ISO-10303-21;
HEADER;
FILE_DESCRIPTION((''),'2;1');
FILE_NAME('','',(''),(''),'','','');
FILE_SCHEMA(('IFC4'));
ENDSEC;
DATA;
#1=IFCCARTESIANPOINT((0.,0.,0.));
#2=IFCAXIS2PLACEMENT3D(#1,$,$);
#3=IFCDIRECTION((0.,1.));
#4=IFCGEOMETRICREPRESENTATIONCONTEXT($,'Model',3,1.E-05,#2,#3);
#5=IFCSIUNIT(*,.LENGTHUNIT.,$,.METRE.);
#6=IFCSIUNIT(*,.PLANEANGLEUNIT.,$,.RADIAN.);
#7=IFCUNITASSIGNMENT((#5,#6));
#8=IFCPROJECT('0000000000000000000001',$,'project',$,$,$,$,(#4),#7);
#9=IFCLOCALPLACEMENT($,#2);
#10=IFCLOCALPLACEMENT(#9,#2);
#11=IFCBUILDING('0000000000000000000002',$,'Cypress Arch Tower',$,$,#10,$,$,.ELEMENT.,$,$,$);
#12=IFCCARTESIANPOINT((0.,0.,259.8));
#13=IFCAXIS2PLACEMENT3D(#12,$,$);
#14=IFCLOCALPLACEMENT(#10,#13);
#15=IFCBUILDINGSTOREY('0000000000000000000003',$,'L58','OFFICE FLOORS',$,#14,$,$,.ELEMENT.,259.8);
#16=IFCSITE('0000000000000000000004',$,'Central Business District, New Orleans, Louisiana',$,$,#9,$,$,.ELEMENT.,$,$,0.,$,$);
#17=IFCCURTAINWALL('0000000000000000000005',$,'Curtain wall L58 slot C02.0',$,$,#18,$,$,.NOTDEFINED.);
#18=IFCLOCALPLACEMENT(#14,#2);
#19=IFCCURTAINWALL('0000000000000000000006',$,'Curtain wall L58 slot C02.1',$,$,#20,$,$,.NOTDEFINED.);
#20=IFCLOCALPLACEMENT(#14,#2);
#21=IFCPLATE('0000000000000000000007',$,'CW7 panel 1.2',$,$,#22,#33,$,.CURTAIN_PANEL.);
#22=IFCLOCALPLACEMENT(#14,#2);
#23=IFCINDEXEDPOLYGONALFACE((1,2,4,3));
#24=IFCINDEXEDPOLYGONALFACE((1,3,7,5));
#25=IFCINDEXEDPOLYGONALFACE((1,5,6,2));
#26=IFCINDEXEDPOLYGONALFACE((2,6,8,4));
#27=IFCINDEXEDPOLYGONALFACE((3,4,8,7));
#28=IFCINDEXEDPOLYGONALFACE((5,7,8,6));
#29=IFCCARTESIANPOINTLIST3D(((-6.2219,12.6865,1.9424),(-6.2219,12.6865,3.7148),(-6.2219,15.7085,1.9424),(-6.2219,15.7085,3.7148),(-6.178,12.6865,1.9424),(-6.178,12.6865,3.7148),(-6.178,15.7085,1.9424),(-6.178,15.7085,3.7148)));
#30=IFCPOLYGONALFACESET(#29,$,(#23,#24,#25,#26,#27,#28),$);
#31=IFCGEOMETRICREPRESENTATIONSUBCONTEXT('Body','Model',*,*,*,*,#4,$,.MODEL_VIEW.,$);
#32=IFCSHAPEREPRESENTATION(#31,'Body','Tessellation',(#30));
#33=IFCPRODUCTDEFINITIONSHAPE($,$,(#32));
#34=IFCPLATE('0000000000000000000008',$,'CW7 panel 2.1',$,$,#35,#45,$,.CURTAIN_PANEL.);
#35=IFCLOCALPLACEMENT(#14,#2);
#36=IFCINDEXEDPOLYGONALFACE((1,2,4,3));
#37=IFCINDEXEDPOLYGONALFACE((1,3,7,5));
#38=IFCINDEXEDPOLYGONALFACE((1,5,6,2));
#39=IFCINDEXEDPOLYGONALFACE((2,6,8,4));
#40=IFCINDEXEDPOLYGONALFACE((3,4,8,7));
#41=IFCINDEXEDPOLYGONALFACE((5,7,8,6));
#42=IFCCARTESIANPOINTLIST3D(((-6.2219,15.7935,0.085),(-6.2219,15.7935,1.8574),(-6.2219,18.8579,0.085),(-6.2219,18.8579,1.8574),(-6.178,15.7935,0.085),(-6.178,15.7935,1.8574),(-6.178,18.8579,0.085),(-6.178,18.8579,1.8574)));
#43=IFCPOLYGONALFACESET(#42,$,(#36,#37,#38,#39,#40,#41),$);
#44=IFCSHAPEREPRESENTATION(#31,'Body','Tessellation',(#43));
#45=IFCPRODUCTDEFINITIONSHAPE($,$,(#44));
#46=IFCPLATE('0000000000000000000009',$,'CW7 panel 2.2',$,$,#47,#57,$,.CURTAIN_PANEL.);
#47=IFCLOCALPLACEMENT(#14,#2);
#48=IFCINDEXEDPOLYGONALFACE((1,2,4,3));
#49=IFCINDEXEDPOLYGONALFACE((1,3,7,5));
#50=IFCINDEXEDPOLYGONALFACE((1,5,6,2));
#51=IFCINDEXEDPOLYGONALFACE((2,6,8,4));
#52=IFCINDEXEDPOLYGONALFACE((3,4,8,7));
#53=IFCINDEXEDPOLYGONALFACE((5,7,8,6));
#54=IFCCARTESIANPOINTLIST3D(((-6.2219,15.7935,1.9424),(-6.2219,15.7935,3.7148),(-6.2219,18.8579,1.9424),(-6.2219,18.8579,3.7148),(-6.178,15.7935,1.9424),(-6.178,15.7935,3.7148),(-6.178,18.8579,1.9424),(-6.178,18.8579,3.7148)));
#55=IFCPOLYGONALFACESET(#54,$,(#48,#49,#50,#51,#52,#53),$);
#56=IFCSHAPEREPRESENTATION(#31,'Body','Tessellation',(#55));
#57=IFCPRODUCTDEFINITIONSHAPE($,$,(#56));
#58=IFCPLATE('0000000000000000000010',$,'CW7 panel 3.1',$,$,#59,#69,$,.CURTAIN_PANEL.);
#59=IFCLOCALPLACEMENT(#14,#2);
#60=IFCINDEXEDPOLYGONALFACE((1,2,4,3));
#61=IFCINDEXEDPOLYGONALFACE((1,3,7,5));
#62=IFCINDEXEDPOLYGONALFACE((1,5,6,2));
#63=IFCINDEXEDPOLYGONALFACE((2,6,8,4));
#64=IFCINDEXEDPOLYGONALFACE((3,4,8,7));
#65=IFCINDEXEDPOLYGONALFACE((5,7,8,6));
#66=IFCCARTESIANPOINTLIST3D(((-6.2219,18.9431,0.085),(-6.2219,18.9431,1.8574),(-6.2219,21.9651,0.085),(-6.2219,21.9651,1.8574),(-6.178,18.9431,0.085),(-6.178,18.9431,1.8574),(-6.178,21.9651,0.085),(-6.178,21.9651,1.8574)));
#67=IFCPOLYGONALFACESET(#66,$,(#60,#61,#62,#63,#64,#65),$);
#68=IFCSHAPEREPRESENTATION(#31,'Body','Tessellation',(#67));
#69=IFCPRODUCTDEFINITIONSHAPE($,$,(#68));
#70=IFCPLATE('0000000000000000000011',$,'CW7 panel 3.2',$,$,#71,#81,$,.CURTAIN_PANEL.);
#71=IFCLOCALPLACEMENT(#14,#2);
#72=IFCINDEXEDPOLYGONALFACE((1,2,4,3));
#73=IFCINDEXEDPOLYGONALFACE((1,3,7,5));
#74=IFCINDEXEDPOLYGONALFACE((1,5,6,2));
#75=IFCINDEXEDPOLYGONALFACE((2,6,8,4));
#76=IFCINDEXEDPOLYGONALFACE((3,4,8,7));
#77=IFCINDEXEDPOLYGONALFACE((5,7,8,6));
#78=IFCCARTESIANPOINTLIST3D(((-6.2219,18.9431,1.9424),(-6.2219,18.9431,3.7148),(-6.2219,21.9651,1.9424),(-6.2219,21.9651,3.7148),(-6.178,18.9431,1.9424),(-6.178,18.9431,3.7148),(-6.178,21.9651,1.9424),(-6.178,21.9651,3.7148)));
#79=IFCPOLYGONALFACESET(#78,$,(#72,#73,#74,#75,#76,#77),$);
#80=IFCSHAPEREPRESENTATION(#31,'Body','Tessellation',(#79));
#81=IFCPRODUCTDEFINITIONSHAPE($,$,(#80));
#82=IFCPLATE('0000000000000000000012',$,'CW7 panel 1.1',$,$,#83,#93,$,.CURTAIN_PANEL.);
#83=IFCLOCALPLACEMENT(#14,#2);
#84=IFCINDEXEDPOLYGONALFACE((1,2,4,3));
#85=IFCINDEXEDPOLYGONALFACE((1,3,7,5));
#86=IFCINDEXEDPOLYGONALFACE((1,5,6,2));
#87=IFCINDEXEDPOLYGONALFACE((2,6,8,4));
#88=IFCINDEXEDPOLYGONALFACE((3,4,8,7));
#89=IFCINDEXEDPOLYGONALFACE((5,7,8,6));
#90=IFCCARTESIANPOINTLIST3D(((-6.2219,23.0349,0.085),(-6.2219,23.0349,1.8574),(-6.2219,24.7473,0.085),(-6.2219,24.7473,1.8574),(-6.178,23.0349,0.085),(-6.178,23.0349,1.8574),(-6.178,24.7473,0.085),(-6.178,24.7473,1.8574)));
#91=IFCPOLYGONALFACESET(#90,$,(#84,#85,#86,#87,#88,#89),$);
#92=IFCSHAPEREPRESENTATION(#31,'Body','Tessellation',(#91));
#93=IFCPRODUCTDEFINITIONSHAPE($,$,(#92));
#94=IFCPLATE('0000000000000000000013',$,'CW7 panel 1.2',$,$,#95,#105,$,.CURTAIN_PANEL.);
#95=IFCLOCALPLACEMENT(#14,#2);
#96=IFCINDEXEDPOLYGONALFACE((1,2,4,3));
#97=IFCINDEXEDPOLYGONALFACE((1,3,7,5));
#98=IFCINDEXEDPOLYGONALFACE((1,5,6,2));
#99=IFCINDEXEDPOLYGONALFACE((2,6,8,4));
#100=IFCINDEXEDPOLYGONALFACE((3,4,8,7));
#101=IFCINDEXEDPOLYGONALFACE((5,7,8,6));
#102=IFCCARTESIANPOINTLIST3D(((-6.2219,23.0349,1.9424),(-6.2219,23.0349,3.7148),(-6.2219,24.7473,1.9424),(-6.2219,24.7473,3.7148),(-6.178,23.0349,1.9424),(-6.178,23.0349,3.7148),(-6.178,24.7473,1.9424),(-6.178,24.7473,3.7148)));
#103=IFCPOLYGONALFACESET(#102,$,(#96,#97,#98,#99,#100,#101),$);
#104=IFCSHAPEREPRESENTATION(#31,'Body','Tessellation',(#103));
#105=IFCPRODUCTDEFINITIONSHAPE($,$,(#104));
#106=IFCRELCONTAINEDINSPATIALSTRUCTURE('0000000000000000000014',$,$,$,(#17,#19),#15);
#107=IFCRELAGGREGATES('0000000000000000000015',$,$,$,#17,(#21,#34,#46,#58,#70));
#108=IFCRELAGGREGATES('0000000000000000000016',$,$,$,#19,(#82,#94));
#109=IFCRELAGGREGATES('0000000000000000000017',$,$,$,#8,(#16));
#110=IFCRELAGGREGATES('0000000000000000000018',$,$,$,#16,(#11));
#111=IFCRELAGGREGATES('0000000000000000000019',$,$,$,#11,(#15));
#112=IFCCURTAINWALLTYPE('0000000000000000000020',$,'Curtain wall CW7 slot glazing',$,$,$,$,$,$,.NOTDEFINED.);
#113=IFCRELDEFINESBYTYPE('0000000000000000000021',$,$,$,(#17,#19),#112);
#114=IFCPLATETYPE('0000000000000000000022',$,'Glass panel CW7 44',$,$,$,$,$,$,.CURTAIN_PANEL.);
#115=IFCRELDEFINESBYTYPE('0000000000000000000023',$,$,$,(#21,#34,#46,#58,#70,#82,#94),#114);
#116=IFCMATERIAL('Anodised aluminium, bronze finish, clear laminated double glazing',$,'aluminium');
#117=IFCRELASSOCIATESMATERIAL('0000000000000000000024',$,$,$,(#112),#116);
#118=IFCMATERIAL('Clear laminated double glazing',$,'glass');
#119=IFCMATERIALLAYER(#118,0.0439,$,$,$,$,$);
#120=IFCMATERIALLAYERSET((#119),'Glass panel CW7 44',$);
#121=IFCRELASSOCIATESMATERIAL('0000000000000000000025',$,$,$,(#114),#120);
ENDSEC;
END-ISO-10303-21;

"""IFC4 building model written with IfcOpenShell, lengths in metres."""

from ifc_helpers import new_model, si_unit, direction, frame, origin, origin_2d, place, context, subcontext, project, spatial, rectangle, extrude, material, layer, layer_set, type_object, element, aggregate, save


model = new_model("IFC4")

# Units and contexts
model_context = context("Model", 3, precision=1e-05, world=origin(), true_north=direction((0.0, 1.0)))
body_context = subcontext(model_context, "Body", "Model", "MODEL_VIEW")
ifc_project = project(units=[si_unit("LENGTHUNIT", "METRE"), si_unit("PLANEANGLEUNIT", "RADIAN")], contexts=[model_context])

# Site, building, storey
site_placement = place(None, origin())
site = spatial("IfcSite", under=ifc_project, at=site_placement, Name="Central Business District, New Orleans, Louisiana", CompositionType="ELEMENT", RefElevation=0.0)
building_placement = place(site_placement, origin())
building = spatial("IfcBuilding", under=site, at=building_placement, Name="Cypress Arch Tower", CompositionType="ELEMENT")
storey_placement = place(building_placement, frame((0.0, 0.0, 259.8)))
storey = spatial("IfcBuildingStorey", under=building, at=storey_placement, Name="L58", Description="OFFICE FLOORS", CompositionType="ELEMENT", Elevation=259.8)

# Shared definitions
ifc_material_1 = material(Name="Anodised aluminium, bronze finish, clear laminated double glazing", Category="aluminium")
curtain_wall_type = type_object("IfcCurtainWallType", Name="Curtain wall CW7 slot glazing", PredefinedType="NOTDEFINED", material=ifc_material_1)

# Curtain walls
curtain_wall_1_placement = place(storey_placement, origin())
curtain_wall_1 = element("IfcCurtainWall", 1, at=curtain_wall_1_placement, inside=storey, type_object=curtain_wall_type, Name="Curtain wall L58 slot C02.0", PredefinedType="NOTDEFINED")
curtain_wall_2_placement = place(storey_placement, origin())
curtain_wall_2 = element("IfcCurtainWall", 2, at=curtain_wall_2_placement, inside=storey, type_object=curtain_wall_type, Name="Curtain wall L58 slot C02.1", PredefinedType="NOTDEFINED")

# Plates
ifc_material_2 = material(Name="Clear laminated double glazing", Category="glass")
ifc_layer = layer(ifc_material_2, 0.0439)
ifc_layer_set = layer_set([ifc_layer], Name="Glass panel CW7 44")
plate_type = type_object("IfcPlateType", Name="Glass panel CW7 44", PredefinedType="CURTAIN_PANEL", material=ifc_layer_set)
plate_1_placement = place(storey_placement, frame((-6.2, 14.1975, 1.9424), z_axis=(0.0, 0.0, 1.0), x_axis=(0.0, 1.0, 0.0)))
plate_1 = element("IfcPlate", 3, at=plate_1_placement, type_object=plate_type, Name="CW7 panel 1.2", PredefinedType="CURTAIN_PANEL", context=body_context, shape_type="SweptSolid", body=[
    extrude(rectangle(XDim=3.022, YDim=0.0439, at=origin_2d()), origin(), (0.0, 0.0, 1.0), 1.7725),
])
plate_2_placement = place(storey_placement, frame((-6.2, 17.3257, 0.085), z_axis=(0.0, 0.0, 1.0), x_axis=(0.0, 1.0, 0.0)))
plate_2 = element("IfcPlate", 4, at=plate_2_placement, type_object=plate_type, Name="CW7 panel 2.1", PredefinedType="CURTAIN_PANEL", context=body_context, shape_type="SweptSolid", body=[
    extrude(rectangle(XDim=3.0645, YDim=0.0439, at=origin_2d()), origin(), (0.0, 0.0, 1.0), 1.7725),
])
plate_3_placement = place(storey_placement, frame((-6.2, 17.3257, 1.9424), z_axis=(0.0, 0.0, 1.0), x_axis=(0.0, 1.0, 0.0)))
plate_3 = element("IfcPlate", 5, at=plate_3_placement, type_object=plate_type, Name="CW7 panel 2.2", PredefinedType="CURTAIN_PANEL", context=body_context, shape_type="SweptSolid", body=[
    extrude(rectangle(XDim=3.0645, YDim=0.0439, at=origin_2d()), origin(), (0.0, 0.0, 1.0), 1.7725),
])
plate_4_placement = place(storey_placement, frame((-6.2, 20.4541, 0.085), z_axis=(0.0, 0.0, 1.0), x_axis=(0.0, 1.0, 0.0)))
plate_4 = element("IfcPlate", 6, at=plate_4_placement, type_object=plate_type, Name="CW7 panel 3.1", PredefinedType="CURTAIN_PANEL", context=body_context, shape_type="SweptSolid", body=[
    extrude(rectangle(XDim=3.022, YDim=0.0439, at=origin_2d()), origin(), (0.0, 0.0, 1.0), 1.7725),
])
plate_5_placement = place(storey_placement, frame((-6.2, 20.4541, 1.9424), z_axis=(0.0, 0.0, 1.0), x_axis=(0.0, 1.0, 0.0)))
plate_5 = element("IfcPlate", 7, at=plate_5_placement, type_object=plate_type, Name="CW7 panel 3.2", PredefinedType="CURTAIN_PANEL", context=body_context, shape_type="SweptSolid", body=[
    extrude(rectangle(XDim=3.022, YDim=0.0439, at=origin_2d()), origin(), (0.0, 0.0, 1.0), 1.7725),
])
aggregate(curtain_wall_1, [plate_1, plate_2, plate_3, plate_4, plate_5])
plate_6_placement = place(storey_placement, frame((-6.2, 23.8911, 0.085), z_axis=(0.0, 0.0, 1.0), x_axis=(0.0, 1.0, 0.0)))
plate_6 = element("IfcPlate", 8, at=plate_6_placement, type_object=plate_type, Name="CW7 panel 1.1", PredefinedType="CURTAIN_PANEL", context=body_context, shape_type="SweptSolid", body=[
    extrude(rectangle(XDim=1.7124, YDim=0.0439, at=origin_2d()), origin(), (0.0, 0.0, 1.0), 1.7725),
])
plate_7_placement = place(storey_placement, frame((-6.2, 23.8911, 1.9424), z_axis=(0.0, 0.0, 1.0), x_axis=(0.0, 1.0, 0.0)))
plate_7 = element("IfcPlate", 9, at=plate_7_placement, type_object=plate_type, Name="CW7 panel 1.2", PredefinedType="CURTAIN_PANEL", context=body_context, shape_type="SweptSolid", body=[
    extrude(rectangle(XDim=1.7124, YDim=0.0439, at=origin_2d()), origin(), (0.0, 0.0, 1.0), 1.7725),
])
aggregate(curtain_wall_2, [plate_6, plate_7])

save(model, "model.ifc")
